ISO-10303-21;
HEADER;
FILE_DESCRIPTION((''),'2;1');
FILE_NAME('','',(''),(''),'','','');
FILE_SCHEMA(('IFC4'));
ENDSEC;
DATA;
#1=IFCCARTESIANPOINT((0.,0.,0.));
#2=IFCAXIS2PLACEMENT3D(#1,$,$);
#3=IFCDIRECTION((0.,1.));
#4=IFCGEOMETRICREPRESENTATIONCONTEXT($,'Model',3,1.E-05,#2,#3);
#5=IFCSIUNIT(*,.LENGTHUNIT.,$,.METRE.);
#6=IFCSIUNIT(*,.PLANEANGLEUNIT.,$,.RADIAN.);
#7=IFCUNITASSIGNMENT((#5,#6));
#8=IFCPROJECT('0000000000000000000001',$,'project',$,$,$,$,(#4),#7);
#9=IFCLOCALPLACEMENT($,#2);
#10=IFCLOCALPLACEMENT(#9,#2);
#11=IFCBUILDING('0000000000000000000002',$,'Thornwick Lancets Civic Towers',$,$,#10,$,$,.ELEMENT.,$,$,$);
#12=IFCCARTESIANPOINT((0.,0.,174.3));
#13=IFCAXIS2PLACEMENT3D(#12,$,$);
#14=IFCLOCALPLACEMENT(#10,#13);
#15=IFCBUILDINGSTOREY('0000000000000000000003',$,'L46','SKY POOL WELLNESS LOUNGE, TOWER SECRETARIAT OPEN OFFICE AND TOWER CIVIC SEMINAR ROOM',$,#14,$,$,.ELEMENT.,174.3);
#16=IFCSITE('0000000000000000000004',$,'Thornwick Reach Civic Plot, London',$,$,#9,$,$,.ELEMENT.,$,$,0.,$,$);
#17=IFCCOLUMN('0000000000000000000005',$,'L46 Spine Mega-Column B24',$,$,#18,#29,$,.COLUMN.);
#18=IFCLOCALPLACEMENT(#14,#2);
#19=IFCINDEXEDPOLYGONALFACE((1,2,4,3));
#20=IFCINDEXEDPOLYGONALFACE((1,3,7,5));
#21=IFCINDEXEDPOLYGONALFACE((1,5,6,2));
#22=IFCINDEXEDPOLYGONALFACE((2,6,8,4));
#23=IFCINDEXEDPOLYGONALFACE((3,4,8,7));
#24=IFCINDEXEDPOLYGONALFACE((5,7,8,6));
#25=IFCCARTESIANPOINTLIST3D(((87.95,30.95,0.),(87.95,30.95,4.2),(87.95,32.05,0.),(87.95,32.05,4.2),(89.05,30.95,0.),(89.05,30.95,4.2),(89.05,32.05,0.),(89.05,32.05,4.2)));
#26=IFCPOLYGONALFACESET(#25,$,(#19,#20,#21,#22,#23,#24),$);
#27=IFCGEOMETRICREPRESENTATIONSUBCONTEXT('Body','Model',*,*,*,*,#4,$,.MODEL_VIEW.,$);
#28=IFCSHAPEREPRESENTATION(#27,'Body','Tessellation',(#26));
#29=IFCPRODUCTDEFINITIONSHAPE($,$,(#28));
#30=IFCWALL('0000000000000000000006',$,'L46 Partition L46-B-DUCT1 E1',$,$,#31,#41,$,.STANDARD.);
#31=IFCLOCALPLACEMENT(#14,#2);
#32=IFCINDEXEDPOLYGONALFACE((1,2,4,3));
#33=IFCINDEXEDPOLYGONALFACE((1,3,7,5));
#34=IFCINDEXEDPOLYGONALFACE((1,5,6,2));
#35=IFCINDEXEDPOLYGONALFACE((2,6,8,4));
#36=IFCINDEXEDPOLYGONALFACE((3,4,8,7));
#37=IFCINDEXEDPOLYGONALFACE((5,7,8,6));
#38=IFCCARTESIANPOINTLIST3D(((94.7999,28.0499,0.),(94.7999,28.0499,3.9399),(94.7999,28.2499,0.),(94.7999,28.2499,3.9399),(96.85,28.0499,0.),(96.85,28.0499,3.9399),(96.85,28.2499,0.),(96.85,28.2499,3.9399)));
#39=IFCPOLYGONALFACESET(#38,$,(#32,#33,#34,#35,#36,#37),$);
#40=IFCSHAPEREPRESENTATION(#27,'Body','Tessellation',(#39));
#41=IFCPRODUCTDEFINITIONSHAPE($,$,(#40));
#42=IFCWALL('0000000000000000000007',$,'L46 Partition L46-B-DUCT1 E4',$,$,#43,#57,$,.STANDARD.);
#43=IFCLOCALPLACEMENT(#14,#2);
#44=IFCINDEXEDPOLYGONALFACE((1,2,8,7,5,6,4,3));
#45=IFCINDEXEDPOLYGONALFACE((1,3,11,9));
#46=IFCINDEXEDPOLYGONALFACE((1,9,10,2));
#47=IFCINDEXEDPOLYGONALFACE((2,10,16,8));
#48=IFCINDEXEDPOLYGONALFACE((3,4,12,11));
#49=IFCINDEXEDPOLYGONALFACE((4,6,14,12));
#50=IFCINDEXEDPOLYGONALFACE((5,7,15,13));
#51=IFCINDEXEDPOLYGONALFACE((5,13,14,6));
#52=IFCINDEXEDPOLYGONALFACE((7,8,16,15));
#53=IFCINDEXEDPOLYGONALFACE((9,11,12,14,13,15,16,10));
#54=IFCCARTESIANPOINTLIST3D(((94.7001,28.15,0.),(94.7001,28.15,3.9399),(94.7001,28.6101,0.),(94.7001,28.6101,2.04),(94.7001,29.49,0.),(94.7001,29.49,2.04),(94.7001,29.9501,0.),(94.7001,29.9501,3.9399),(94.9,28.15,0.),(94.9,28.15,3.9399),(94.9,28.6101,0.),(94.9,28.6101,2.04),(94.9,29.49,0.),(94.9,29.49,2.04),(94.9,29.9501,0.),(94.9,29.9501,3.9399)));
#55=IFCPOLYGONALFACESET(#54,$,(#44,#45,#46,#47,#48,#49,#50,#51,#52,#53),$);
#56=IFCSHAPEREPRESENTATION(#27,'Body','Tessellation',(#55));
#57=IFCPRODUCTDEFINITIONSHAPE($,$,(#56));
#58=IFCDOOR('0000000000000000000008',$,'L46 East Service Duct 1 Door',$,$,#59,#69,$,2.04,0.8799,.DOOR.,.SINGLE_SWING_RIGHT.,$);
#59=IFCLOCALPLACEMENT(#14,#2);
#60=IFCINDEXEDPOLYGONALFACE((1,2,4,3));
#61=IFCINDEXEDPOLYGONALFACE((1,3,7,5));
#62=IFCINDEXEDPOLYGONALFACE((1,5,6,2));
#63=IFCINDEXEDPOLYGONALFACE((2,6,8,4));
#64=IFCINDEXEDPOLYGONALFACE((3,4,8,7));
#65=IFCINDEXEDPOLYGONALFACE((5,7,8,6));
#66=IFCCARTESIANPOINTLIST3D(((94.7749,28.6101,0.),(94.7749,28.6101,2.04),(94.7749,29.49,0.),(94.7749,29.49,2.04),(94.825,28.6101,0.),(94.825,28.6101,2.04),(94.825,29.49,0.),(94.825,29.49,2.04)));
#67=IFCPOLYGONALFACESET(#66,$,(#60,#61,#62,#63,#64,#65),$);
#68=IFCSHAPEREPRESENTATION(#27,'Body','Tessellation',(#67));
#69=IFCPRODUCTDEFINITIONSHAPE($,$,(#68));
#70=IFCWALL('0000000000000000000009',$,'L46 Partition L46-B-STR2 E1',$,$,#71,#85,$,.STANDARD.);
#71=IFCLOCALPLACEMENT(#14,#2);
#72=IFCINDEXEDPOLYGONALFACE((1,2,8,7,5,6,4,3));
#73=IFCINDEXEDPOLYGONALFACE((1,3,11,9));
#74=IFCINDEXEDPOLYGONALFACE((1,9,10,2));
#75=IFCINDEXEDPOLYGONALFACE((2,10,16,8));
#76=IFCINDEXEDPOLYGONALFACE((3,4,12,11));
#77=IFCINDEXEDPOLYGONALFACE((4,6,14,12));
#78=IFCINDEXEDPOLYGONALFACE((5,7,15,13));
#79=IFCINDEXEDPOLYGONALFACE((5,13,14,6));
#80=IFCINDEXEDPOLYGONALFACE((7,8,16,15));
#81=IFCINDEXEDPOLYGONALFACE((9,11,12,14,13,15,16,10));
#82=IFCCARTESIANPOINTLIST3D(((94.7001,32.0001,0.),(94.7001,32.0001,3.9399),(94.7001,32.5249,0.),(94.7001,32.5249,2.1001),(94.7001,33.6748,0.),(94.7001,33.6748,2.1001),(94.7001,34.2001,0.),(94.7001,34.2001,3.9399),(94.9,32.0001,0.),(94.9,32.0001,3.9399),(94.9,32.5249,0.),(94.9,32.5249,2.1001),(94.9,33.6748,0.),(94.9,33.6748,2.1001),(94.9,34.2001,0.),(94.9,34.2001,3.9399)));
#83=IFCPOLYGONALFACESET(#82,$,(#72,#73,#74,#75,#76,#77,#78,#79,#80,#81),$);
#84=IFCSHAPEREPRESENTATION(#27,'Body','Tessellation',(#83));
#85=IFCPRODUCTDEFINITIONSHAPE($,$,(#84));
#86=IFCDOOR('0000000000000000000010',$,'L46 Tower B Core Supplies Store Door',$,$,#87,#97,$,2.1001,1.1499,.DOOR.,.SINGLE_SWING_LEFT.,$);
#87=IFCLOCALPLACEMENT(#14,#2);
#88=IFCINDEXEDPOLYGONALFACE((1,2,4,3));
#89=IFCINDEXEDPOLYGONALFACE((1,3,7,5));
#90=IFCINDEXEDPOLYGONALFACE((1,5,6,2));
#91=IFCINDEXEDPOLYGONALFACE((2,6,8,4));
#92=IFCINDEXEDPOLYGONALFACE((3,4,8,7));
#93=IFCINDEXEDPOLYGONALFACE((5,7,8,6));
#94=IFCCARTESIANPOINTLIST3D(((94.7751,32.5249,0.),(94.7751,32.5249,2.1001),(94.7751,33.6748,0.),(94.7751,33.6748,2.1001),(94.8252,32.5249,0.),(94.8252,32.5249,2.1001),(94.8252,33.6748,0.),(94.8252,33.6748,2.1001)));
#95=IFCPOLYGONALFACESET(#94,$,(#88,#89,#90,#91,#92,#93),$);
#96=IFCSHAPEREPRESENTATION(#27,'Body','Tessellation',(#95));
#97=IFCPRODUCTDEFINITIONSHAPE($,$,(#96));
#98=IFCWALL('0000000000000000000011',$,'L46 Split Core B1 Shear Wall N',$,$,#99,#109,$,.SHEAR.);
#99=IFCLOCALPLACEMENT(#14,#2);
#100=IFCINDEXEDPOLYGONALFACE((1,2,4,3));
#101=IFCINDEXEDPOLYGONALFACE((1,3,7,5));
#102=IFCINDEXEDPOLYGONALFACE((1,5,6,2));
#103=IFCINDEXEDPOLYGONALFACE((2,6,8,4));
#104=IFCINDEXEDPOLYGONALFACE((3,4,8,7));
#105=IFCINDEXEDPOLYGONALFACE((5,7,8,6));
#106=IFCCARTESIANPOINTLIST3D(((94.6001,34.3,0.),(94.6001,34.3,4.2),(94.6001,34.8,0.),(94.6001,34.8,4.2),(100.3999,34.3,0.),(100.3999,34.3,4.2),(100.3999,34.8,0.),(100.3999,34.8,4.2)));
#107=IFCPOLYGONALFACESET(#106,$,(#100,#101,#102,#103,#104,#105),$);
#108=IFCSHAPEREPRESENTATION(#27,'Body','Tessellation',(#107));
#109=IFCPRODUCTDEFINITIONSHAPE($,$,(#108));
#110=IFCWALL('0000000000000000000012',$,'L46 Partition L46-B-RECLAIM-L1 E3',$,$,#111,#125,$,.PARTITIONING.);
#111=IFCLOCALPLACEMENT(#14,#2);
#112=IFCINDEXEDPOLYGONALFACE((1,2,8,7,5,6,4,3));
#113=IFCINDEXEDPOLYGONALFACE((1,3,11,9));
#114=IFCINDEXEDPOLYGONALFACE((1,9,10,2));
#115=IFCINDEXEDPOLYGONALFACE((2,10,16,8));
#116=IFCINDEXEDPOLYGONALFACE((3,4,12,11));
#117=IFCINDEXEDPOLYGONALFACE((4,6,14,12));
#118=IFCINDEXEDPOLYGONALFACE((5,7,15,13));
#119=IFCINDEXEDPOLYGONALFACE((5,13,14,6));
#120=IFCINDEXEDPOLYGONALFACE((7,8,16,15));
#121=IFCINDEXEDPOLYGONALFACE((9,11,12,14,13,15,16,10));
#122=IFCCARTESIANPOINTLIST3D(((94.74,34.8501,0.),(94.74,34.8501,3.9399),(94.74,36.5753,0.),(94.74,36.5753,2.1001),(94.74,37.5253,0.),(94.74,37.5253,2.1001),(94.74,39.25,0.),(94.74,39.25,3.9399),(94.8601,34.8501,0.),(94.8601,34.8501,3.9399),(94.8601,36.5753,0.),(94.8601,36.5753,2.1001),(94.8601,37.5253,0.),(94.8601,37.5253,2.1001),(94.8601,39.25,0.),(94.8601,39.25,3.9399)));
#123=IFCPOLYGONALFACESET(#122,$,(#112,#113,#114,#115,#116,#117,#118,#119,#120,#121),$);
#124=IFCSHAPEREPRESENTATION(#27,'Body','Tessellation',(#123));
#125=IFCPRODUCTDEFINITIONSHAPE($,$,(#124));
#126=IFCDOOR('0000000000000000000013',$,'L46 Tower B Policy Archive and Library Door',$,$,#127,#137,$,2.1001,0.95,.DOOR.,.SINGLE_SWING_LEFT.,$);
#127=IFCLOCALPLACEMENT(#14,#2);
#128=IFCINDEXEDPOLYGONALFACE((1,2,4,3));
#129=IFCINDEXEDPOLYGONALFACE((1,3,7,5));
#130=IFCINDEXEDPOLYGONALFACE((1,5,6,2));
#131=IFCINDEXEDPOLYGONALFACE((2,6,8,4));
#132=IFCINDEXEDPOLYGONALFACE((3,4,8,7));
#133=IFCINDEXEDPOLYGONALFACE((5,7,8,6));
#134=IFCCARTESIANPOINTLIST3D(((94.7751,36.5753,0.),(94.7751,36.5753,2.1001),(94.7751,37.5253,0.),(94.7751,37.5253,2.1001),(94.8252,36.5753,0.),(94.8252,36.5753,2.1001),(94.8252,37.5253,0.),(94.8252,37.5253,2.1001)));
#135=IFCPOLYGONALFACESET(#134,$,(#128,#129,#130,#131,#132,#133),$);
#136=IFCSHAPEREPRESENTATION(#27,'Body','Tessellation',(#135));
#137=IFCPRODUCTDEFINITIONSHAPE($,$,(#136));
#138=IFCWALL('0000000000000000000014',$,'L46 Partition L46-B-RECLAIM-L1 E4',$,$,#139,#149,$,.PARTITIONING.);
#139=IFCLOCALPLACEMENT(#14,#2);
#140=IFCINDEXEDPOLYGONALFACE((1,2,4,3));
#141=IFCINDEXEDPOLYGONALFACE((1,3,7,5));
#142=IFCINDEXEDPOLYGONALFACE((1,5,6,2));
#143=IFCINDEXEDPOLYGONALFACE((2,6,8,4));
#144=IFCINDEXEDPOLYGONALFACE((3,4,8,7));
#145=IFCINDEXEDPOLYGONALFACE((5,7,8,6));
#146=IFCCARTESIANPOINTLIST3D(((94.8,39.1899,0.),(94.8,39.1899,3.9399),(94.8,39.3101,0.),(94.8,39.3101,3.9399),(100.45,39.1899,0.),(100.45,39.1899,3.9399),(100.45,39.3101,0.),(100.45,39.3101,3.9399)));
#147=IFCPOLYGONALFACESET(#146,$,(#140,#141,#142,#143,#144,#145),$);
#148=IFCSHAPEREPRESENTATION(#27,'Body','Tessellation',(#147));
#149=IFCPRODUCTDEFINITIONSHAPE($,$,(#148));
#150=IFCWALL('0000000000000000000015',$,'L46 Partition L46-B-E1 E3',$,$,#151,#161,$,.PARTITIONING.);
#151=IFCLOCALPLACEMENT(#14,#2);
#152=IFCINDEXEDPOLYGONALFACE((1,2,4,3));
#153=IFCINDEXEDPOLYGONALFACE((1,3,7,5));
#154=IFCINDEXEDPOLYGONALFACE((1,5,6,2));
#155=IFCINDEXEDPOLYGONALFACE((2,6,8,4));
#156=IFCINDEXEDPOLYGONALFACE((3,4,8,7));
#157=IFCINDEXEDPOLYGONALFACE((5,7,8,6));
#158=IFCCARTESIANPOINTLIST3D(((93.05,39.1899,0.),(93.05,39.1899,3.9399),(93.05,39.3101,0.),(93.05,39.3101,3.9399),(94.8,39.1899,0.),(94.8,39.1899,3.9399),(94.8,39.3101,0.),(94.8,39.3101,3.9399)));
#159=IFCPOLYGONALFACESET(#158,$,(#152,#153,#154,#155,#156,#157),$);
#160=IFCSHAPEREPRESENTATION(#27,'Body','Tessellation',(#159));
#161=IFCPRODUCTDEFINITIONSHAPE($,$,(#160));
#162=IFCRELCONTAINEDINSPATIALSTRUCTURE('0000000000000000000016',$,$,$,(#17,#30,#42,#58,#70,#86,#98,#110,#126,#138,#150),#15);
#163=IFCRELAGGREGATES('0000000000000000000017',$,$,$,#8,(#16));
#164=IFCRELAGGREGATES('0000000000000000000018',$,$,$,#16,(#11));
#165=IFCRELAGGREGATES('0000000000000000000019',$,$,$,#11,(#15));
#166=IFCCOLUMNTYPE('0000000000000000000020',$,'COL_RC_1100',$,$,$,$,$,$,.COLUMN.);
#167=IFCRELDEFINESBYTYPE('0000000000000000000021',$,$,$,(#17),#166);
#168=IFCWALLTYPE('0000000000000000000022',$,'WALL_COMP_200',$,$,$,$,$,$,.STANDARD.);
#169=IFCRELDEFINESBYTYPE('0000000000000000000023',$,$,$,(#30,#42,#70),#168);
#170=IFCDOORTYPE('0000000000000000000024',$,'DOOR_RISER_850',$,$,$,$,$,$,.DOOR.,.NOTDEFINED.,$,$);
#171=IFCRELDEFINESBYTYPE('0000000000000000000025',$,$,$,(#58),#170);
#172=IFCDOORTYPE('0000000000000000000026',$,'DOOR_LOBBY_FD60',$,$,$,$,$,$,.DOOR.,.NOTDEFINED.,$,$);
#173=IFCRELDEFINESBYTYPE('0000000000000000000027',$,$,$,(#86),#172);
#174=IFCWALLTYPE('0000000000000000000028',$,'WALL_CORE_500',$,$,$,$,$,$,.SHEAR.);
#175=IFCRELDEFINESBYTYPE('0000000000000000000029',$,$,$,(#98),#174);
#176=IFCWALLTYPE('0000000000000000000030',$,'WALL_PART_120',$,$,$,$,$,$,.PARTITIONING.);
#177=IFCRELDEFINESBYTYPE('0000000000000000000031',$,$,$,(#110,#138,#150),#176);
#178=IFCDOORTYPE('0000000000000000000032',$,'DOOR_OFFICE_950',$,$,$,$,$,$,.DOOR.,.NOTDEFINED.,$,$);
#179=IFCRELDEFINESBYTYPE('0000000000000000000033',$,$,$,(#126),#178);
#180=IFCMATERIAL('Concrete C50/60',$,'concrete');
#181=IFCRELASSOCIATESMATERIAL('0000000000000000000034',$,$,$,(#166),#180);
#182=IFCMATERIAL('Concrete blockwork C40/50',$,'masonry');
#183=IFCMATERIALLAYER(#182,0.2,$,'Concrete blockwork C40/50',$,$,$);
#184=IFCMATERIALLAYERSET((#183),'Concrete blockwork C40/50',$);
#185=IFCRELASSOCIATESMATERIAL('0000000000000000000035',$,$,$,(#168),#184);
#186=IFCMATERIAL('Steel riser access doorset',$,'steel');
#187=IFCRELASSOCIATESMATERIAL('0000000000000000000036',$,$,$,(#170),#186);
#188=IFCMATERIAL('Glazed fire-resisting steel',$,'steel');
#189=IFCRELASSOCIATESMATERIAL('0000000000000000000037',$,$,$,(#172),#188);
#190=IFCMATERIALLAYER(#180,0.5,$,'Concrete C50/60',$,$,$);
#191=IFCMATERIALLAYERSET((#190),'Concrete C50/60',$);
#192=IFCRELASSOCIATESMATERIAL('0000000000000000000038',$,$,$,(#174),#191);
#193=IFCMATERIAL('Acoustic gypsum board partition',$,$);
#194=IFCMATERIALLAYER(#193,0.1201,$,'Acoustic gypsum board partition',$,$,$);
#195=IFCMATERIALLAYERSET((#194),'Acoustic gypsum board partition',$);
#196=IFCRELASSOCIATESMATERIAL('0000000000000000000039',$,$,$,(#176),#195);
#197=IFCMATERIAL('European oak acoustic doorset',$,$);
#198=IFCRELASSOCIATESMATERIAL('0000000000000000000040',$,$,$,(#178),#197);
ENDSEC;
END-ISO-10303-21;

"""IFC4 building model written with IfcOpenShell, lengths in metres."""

from ifc_helpers import new_model, si_unit, direction, frame, frame_2d, origin, origin_2d, place, context, subcontext, project, spatial, rectangle, extrude, material, layer, layer_set, material_profile, profile_set, type_object, element, fill, save


model = new_model("IFC4")

# Units and contexts
model_context = context("Model", 3, precision=1e-05, world=origin(), true_north=direction((0.0, 1.0)))
body_context = subcontext(model_context, "Body", "Model", "MODEL_VIEW")
ifc_project = project(units=[si_unit("LENGTHUNIT", "METRE"), si_unit("PLANEANGLEUNIT", "RADIAN")], contexts=[model_context])

# Site, building, storey
site_placement = place(None, origin())
site = spatial("IfcSite", under=ifc_project, at=site_placement, Name="Thornwick Reach Civic Plot, London", CompositionType="ELEMENT", RefElevation=0.0)
building_placement = place(site_placement, origin())
building = spatial("IfcBuilding", under=site, at=building_placement, Name="Thornwick Lancets Civic Towers", CompositionType="ELEMENT")
storey_placement = place(building_placement, frame((0.0, 0.0, 174.3)))
storey = spatial("IfcBuildingStorey", under=building, at=storey_placement, Name="L46", Description="SKY POOL WELLNESS LOUNGE, TOWER SECRETARIAT OPEN OFFICE AND TOWER CIVIC SEMINAR ROOM", CompositionType="ELEMENT", Elevation=174.3)

# Column
ifc_material_1 = material(Name="Concrete C50/60", Category="concrete")
ifc_material_profile = material_profile(ifc_material_1, rectangle(XDim=1.1001, YDim=1.1001, at=origin_2d()), Name="RC 1100x1100")
ifc_profile_set = profile_set([ifc_material_profile], Name="Concrete C50/60")
column_type = type_object("IfcColumnType", Name="COL_RC_1100", PredefinedType="COLUMN", material=ifc_profile_set)
column_placement = place(storey_placement, frame((88.5, 31.5, 0.0), z_axis=(0.0, 0.0, 1.0), x_axis=(1.0, 0.0, 0.0)))
element("IfcColumn", 1, at=column_placement, inside=storey, type_object=column_type, Name="L46 Spine Mega-Column B24", PredefinedType="COLUMN", context=body_context, shape_type="SweptSolid", body=[
    extrude(rectangle(XDim=1.1001, YDim=1.1001, at=origin_2d()), origin(), (0.0, 0.0, 1.0), 4.2),
])

# Wall
ifc_material_2 = material(Name="Concrete blockwork C40/50", Category="masonry")
ifc_layer_1 = layer(ifc_material_2, 0.2, Name="Concrete blockwork C40/50")
ifc_layer_set_1 = layer_set([ifc_layer_1], Name="Concrete blockwork C40/50")
wall_type_1 = type_object("IfcWallType", Name="WALL_COMP_200", PredefinedType="STANDARD", material=ifc_layer_set_1)
wall_1_placement = place(storey_placement, frame((94.8, 28.1499, 0.0), z_axis=(0.0, 0.0, 1.0), x_axis=(1.0, 0.0, 0.0)))
element("IfcWall", 2, at=wall_1_placement, inside=storey, type_object=wall_type_1, Name="L46 Partition L46-B-DUCT1 E1", PredefinedType="STANDARD", context=body_context, shape_type="SweptSolid", body=[
    extrude(rectangle(XDim=2.05, YDim=0.2, at=frame_2d((1.0249, 0.0))), origin(), (0.0, 0.0, 1.0), 3.9399),
])

# Walls, openings, doors
wall_2_placement = place(storey_placement, frame((94.8, 29.95, 0.0), z_axis=(0.0, 0.0, 1.0), x_axis=(0.0, -1.0, 0.0)))
wall_2 = element("IfcWall", 3, at=wall_2_placement, inside=storey, type_object=wall_type_1, Name="L46 Partition L46-B-DUCT1 E4", PredefinedType="STANDARD", context=body_context, shape_type="SweptSolid", body=[
    extrude(rectangle(XDim=1.8, YDim=0.2, at=frame_2d((0.8999, 0.0))), origin(), (0.0, 0.0, 1.0), 3.9399),
])
opening_1_placement = place(wall_2_placement, frame((0.46, 0.0, 0.0)))
opening_1 = element("IfcOpeningElement", 4, at=opening_1_placement, cuts=wall_2, PredefinedType="OPENING", context=body_context, shape_type="SweptSolid", body=[
    extrude(rectangle(XDim=0.8799, YDim=2.04, at=frame_2d((0.4399, 1.02))), frame((0.0, 0.1099, 0.0), z_axis=(0.0, -1.0, 0.0), x_axis=(1.0, 0.0, 0.0)), (0.0, 0.0, 1.0), 0.22),
])
ifc_material_3 = material(Name="Steel riser access doorset", Category="steel")
door_type_1 = type_object("IfcDoorType", Name="DOOR_RISER_850", OperationType="NOTDEFINED", PredefinedType="DOOR", material=ifc_material_3)
door_1_placement = place(opening_1_placement, origin())
door_1 = element("IfcDoor", 5, at=door_1_placement, inside=storey, type_object=door_type_1, Name="L46 East Service Duct 1 Door", OperationType="SINGLE_SWING_RIGHT", OverallHeight=2.04, OverallWidth=0.8799, PredefinedType="DOOR", context=body_context, shape_type="SweptSolid", body=[
    extrude(rectangle(XDim=0.8799, YDim=2.04, at=frame_2d((0.4399, 1.02))), frame((0.0, 0.0249, 0.0), z_axis=(0.0, -1.0, 0.0), x_axis=(1.0, 0.0, 0.0)), (0.0, 0.0, 1.0), 0.05),
])
fill(opening_1, door_1)
wall_3_placement = place(storey_placement, frame((94.8, 32.0, 0.0), z_axis=(0.0, 0.0, 1.0), x_axis=(0.0, 1.0, 0.0)))
wall_3 = element("IfcWall", 6, at=wall_3_placement, inside=storey, type_object=wall_type_1, Name="L46 Partition L46-B-STR2 E1", PredefinedType="STANDARD", context=body_context, shape_type="SweptSolid", body=[
    extrude(rectangle(XDim=2.2, YDim=0.2, at=frame_2d((1.1001, 0.0))), origin(), (0.0, 0.0, 1.0), 3.9399),
])
opening_2_placement = place(wall_3_placement, frame((0.5249, 0.0, 0.0)))
opening_2 = element("IfcOpeningElement", 7, at=opening_2_placement, cuts=wall_3, PredefinedType="OPENING", context=body_context, shape_type="SweptSolid", body=[
    extrude(rectangle(XDim=1.1499, YDim=2.1001, at=frame_2d((0.575, 1.05))), frame((0.0, 0.1099, 0.0), z_axis=(0.0, -1.0, 0.0), x_axis=(1.0, 0.0, 0.0)), (0.0, 0.0, 1.0), 0.22),
])
ifc_material_4 = material(Name="Glazed fire-resisting steel", Category="steel")
door_type_2 = type_object("IfcDoorType", Name="DOOR_LOBBY_FD60", OperationType="NOTDEFINED", PredefinedType="DOOR", material=ifc_material_4)
door_2_placement = place(opening_2_placement, origin())
door_2 = element("IfcDoor", 8, at=door_2_placement, inside=storey, type_object=door_type_2, Name="L46 Tower B Core Supplies Store Door", OperationType="SINGLE_SWING_LEFT", OverallHeight=2.1001, OverallWidth=1.1499, PredefinedType="DOOR", context=body_context, shape_type="SweptSolid", body=[
    extrude(rectangle(XDim=1.1499, YDim=2.1001, at=frame_2d((0.575, 1.05))), frame((0.0, 0.0249, 0.0), z_axis=(0.0, -1.0, 0.0), x_axis=(1.0, 0.0, 0.0)), (0.0, 0.0, 1.0), 0.05),
])
fill(opening_2, door_2)

# Wall
ifc_layer_2 = layer(ifc_material_1, 0.5, Name="Concrete C50/60")
ifc_layer_set_2 = layer_set([ifc_layer_2], Name="Concrete C50/60")
wall_type_2 = type_object("IfcWallType", Name="WALL_CORE_500", PredefinedType="SHEAR", material=ifc_layer_set_2)
wall_4_placement = place(storey_placement, frame((94.6001, 34.55, 0.0), z_axis=(0.0, 0.0, 1.0), x_axis=(1.0, 0.0, 0.0)))
element("IfcWall", 9, at=wall_4_placement, inside=storey, type_object=wall_type_2, Name="L46 Split Core B1 Shear Wall N", PredefinedType="SHEAR", context=body_context, shape_type="SweptSolid", body=[
    extrude(rectangle(XDim=5.7998, YDim=0.5, at=frame_2d((2.8999, 0.0))), origin(), (0.0, 0.0, 1.0), 4.2),
])

# Wall, opening, door
ifc_material_5 = material(Name="Acoustic gypsum board partition")
ifc_layer_3 = layer(ifc_material_5, 0.1201, Name="Acoustic gypsum board partition")
ifc_layer_set_3 = layer_set([ifc_layer_3], Name="Acoustic gypsum board partition")
wall_type_3 = type_object("IfcWallType", Name="WALL_PART_120", PredefinedType="PARTITIONING", material=ifc_layer_set_3)
wall_5_placement = place(storey_placement, frame((94.8, 34.8501, 0.0), z_axis=(0.0, 0.0, 1.0), x_axis=(0.0, 1.0, 0.0)))
wall_5 = element("IfcWall", 10, at=wall_5_placement, inside=storey, type_object=wall_type_3, Name="L46 Partition L46-B-RECLAIM-L1 E3", PredefinedType="PARTITIONING", context=body_context, shape_type="SweptSolid", body=[
    extrude(rectangle(XDim=4.3999, YDim=0.1201, at=frame_2d((2.2, 0.0))), origin(), (0.0, 0.0, 1.0), 3.9399),
])
opening_3_placement = place(wall_5_placement, frame((1.7251, 0.0, 0.0)))
opening_3 = element("IfcOpeningElement", 11, at=opening_3_placement, cuts=wall_5, PredefinedType="OPENING", context=body_context, shape_type="SweptSolid", body=[
    extrude(rectangle(XDim=0.95, YDim=2.1001, at=frame_2d((0.4751, 1.05))), frame((0.0, 0.0701, 0.0), z_axis=(0.0, -1.0, 0.0), x_axis=(1.0, 0.0, 0.0)), (0.0, 0.0, 1.0), 0.1401),
])
ifc_material_6 = material(Name="European oak acoustic doorset")
door_type_3 = type_object("IfcDoorType", Name="DOOR_OFFICE_950", OperationType="NOTDEFINED", PredefinedType="DOOR", material=ifc_material_6)
door_3_placement = place(opening_3_placement, origin())
door_3 = element("IfcDoor", 12, at=door_3_placement, inside=storey, type_object=door_type_3, Name="L46 Tower B Policy Archive and Library Door", OperationType="SINGLE_SWING_LEFT", OverallHeight=2.1001, OverallWidth=0.95, PredefinedType="DOOR", context=body_context, shape_type="SweptSolid", body=[
    extrude(rectangle(XDim=0.95, YDim=2.1001, at=frame_2d((0.4751, 1.05))), frame((0.0, 0.0249, 0.0), z_axis=(0.0, -1.0, 0.0), x_axis=(1.0, 0.0, 0.0)), (0.0, 0.0, 1.0), 0.05),
])
fill(opening_3, door_3)

# Walls
wall_6_placement = place(storey_placement, frame((94.8, 39.25, 0.0), z_axis=(0.0, 0.0, 1.0), x_axis=(1.0, 0.0, 0.0)))
element("IfcWall", 13, at=wall_6_placement, inside=storey, type_object=wall_type_3, Name="L46 Partition L46-B-RECLAIM-L1 E4", PredefinedType="PARTITIONING", context=body_context, shape_type="SweptSolid", body=[
    extrude(rectangle(XDim=5.6499, YDim=0.1201, at=frame_2d((2.825, 0.0))), origin(), (0.0, 0.0, 1.0), 3.9399),
])
wall_7_placement = place(storey_placement, frame((94.8, 39.25, 0.0), z_axis=(0.0, 0.0, 1.0), x_axis=(-1.0, 0.0, 0.0)))
element("IfcWall", 14, at=wall_7_placement, inside=storey, type_object=wall_type_3, Name="L46 Partition L46-B-E1 E3", PredefinedType="PARTITIONING", context=body_context, shape_type="SweptSolid", body=[
    extrude(rectangle(XDim=1.75, YDim=0.1201, at=frame_2d((0.875, 0.0))), origin(), (0.0, 0.0, 1.0), 3.9399),
])

save(model, "model.ifc")
